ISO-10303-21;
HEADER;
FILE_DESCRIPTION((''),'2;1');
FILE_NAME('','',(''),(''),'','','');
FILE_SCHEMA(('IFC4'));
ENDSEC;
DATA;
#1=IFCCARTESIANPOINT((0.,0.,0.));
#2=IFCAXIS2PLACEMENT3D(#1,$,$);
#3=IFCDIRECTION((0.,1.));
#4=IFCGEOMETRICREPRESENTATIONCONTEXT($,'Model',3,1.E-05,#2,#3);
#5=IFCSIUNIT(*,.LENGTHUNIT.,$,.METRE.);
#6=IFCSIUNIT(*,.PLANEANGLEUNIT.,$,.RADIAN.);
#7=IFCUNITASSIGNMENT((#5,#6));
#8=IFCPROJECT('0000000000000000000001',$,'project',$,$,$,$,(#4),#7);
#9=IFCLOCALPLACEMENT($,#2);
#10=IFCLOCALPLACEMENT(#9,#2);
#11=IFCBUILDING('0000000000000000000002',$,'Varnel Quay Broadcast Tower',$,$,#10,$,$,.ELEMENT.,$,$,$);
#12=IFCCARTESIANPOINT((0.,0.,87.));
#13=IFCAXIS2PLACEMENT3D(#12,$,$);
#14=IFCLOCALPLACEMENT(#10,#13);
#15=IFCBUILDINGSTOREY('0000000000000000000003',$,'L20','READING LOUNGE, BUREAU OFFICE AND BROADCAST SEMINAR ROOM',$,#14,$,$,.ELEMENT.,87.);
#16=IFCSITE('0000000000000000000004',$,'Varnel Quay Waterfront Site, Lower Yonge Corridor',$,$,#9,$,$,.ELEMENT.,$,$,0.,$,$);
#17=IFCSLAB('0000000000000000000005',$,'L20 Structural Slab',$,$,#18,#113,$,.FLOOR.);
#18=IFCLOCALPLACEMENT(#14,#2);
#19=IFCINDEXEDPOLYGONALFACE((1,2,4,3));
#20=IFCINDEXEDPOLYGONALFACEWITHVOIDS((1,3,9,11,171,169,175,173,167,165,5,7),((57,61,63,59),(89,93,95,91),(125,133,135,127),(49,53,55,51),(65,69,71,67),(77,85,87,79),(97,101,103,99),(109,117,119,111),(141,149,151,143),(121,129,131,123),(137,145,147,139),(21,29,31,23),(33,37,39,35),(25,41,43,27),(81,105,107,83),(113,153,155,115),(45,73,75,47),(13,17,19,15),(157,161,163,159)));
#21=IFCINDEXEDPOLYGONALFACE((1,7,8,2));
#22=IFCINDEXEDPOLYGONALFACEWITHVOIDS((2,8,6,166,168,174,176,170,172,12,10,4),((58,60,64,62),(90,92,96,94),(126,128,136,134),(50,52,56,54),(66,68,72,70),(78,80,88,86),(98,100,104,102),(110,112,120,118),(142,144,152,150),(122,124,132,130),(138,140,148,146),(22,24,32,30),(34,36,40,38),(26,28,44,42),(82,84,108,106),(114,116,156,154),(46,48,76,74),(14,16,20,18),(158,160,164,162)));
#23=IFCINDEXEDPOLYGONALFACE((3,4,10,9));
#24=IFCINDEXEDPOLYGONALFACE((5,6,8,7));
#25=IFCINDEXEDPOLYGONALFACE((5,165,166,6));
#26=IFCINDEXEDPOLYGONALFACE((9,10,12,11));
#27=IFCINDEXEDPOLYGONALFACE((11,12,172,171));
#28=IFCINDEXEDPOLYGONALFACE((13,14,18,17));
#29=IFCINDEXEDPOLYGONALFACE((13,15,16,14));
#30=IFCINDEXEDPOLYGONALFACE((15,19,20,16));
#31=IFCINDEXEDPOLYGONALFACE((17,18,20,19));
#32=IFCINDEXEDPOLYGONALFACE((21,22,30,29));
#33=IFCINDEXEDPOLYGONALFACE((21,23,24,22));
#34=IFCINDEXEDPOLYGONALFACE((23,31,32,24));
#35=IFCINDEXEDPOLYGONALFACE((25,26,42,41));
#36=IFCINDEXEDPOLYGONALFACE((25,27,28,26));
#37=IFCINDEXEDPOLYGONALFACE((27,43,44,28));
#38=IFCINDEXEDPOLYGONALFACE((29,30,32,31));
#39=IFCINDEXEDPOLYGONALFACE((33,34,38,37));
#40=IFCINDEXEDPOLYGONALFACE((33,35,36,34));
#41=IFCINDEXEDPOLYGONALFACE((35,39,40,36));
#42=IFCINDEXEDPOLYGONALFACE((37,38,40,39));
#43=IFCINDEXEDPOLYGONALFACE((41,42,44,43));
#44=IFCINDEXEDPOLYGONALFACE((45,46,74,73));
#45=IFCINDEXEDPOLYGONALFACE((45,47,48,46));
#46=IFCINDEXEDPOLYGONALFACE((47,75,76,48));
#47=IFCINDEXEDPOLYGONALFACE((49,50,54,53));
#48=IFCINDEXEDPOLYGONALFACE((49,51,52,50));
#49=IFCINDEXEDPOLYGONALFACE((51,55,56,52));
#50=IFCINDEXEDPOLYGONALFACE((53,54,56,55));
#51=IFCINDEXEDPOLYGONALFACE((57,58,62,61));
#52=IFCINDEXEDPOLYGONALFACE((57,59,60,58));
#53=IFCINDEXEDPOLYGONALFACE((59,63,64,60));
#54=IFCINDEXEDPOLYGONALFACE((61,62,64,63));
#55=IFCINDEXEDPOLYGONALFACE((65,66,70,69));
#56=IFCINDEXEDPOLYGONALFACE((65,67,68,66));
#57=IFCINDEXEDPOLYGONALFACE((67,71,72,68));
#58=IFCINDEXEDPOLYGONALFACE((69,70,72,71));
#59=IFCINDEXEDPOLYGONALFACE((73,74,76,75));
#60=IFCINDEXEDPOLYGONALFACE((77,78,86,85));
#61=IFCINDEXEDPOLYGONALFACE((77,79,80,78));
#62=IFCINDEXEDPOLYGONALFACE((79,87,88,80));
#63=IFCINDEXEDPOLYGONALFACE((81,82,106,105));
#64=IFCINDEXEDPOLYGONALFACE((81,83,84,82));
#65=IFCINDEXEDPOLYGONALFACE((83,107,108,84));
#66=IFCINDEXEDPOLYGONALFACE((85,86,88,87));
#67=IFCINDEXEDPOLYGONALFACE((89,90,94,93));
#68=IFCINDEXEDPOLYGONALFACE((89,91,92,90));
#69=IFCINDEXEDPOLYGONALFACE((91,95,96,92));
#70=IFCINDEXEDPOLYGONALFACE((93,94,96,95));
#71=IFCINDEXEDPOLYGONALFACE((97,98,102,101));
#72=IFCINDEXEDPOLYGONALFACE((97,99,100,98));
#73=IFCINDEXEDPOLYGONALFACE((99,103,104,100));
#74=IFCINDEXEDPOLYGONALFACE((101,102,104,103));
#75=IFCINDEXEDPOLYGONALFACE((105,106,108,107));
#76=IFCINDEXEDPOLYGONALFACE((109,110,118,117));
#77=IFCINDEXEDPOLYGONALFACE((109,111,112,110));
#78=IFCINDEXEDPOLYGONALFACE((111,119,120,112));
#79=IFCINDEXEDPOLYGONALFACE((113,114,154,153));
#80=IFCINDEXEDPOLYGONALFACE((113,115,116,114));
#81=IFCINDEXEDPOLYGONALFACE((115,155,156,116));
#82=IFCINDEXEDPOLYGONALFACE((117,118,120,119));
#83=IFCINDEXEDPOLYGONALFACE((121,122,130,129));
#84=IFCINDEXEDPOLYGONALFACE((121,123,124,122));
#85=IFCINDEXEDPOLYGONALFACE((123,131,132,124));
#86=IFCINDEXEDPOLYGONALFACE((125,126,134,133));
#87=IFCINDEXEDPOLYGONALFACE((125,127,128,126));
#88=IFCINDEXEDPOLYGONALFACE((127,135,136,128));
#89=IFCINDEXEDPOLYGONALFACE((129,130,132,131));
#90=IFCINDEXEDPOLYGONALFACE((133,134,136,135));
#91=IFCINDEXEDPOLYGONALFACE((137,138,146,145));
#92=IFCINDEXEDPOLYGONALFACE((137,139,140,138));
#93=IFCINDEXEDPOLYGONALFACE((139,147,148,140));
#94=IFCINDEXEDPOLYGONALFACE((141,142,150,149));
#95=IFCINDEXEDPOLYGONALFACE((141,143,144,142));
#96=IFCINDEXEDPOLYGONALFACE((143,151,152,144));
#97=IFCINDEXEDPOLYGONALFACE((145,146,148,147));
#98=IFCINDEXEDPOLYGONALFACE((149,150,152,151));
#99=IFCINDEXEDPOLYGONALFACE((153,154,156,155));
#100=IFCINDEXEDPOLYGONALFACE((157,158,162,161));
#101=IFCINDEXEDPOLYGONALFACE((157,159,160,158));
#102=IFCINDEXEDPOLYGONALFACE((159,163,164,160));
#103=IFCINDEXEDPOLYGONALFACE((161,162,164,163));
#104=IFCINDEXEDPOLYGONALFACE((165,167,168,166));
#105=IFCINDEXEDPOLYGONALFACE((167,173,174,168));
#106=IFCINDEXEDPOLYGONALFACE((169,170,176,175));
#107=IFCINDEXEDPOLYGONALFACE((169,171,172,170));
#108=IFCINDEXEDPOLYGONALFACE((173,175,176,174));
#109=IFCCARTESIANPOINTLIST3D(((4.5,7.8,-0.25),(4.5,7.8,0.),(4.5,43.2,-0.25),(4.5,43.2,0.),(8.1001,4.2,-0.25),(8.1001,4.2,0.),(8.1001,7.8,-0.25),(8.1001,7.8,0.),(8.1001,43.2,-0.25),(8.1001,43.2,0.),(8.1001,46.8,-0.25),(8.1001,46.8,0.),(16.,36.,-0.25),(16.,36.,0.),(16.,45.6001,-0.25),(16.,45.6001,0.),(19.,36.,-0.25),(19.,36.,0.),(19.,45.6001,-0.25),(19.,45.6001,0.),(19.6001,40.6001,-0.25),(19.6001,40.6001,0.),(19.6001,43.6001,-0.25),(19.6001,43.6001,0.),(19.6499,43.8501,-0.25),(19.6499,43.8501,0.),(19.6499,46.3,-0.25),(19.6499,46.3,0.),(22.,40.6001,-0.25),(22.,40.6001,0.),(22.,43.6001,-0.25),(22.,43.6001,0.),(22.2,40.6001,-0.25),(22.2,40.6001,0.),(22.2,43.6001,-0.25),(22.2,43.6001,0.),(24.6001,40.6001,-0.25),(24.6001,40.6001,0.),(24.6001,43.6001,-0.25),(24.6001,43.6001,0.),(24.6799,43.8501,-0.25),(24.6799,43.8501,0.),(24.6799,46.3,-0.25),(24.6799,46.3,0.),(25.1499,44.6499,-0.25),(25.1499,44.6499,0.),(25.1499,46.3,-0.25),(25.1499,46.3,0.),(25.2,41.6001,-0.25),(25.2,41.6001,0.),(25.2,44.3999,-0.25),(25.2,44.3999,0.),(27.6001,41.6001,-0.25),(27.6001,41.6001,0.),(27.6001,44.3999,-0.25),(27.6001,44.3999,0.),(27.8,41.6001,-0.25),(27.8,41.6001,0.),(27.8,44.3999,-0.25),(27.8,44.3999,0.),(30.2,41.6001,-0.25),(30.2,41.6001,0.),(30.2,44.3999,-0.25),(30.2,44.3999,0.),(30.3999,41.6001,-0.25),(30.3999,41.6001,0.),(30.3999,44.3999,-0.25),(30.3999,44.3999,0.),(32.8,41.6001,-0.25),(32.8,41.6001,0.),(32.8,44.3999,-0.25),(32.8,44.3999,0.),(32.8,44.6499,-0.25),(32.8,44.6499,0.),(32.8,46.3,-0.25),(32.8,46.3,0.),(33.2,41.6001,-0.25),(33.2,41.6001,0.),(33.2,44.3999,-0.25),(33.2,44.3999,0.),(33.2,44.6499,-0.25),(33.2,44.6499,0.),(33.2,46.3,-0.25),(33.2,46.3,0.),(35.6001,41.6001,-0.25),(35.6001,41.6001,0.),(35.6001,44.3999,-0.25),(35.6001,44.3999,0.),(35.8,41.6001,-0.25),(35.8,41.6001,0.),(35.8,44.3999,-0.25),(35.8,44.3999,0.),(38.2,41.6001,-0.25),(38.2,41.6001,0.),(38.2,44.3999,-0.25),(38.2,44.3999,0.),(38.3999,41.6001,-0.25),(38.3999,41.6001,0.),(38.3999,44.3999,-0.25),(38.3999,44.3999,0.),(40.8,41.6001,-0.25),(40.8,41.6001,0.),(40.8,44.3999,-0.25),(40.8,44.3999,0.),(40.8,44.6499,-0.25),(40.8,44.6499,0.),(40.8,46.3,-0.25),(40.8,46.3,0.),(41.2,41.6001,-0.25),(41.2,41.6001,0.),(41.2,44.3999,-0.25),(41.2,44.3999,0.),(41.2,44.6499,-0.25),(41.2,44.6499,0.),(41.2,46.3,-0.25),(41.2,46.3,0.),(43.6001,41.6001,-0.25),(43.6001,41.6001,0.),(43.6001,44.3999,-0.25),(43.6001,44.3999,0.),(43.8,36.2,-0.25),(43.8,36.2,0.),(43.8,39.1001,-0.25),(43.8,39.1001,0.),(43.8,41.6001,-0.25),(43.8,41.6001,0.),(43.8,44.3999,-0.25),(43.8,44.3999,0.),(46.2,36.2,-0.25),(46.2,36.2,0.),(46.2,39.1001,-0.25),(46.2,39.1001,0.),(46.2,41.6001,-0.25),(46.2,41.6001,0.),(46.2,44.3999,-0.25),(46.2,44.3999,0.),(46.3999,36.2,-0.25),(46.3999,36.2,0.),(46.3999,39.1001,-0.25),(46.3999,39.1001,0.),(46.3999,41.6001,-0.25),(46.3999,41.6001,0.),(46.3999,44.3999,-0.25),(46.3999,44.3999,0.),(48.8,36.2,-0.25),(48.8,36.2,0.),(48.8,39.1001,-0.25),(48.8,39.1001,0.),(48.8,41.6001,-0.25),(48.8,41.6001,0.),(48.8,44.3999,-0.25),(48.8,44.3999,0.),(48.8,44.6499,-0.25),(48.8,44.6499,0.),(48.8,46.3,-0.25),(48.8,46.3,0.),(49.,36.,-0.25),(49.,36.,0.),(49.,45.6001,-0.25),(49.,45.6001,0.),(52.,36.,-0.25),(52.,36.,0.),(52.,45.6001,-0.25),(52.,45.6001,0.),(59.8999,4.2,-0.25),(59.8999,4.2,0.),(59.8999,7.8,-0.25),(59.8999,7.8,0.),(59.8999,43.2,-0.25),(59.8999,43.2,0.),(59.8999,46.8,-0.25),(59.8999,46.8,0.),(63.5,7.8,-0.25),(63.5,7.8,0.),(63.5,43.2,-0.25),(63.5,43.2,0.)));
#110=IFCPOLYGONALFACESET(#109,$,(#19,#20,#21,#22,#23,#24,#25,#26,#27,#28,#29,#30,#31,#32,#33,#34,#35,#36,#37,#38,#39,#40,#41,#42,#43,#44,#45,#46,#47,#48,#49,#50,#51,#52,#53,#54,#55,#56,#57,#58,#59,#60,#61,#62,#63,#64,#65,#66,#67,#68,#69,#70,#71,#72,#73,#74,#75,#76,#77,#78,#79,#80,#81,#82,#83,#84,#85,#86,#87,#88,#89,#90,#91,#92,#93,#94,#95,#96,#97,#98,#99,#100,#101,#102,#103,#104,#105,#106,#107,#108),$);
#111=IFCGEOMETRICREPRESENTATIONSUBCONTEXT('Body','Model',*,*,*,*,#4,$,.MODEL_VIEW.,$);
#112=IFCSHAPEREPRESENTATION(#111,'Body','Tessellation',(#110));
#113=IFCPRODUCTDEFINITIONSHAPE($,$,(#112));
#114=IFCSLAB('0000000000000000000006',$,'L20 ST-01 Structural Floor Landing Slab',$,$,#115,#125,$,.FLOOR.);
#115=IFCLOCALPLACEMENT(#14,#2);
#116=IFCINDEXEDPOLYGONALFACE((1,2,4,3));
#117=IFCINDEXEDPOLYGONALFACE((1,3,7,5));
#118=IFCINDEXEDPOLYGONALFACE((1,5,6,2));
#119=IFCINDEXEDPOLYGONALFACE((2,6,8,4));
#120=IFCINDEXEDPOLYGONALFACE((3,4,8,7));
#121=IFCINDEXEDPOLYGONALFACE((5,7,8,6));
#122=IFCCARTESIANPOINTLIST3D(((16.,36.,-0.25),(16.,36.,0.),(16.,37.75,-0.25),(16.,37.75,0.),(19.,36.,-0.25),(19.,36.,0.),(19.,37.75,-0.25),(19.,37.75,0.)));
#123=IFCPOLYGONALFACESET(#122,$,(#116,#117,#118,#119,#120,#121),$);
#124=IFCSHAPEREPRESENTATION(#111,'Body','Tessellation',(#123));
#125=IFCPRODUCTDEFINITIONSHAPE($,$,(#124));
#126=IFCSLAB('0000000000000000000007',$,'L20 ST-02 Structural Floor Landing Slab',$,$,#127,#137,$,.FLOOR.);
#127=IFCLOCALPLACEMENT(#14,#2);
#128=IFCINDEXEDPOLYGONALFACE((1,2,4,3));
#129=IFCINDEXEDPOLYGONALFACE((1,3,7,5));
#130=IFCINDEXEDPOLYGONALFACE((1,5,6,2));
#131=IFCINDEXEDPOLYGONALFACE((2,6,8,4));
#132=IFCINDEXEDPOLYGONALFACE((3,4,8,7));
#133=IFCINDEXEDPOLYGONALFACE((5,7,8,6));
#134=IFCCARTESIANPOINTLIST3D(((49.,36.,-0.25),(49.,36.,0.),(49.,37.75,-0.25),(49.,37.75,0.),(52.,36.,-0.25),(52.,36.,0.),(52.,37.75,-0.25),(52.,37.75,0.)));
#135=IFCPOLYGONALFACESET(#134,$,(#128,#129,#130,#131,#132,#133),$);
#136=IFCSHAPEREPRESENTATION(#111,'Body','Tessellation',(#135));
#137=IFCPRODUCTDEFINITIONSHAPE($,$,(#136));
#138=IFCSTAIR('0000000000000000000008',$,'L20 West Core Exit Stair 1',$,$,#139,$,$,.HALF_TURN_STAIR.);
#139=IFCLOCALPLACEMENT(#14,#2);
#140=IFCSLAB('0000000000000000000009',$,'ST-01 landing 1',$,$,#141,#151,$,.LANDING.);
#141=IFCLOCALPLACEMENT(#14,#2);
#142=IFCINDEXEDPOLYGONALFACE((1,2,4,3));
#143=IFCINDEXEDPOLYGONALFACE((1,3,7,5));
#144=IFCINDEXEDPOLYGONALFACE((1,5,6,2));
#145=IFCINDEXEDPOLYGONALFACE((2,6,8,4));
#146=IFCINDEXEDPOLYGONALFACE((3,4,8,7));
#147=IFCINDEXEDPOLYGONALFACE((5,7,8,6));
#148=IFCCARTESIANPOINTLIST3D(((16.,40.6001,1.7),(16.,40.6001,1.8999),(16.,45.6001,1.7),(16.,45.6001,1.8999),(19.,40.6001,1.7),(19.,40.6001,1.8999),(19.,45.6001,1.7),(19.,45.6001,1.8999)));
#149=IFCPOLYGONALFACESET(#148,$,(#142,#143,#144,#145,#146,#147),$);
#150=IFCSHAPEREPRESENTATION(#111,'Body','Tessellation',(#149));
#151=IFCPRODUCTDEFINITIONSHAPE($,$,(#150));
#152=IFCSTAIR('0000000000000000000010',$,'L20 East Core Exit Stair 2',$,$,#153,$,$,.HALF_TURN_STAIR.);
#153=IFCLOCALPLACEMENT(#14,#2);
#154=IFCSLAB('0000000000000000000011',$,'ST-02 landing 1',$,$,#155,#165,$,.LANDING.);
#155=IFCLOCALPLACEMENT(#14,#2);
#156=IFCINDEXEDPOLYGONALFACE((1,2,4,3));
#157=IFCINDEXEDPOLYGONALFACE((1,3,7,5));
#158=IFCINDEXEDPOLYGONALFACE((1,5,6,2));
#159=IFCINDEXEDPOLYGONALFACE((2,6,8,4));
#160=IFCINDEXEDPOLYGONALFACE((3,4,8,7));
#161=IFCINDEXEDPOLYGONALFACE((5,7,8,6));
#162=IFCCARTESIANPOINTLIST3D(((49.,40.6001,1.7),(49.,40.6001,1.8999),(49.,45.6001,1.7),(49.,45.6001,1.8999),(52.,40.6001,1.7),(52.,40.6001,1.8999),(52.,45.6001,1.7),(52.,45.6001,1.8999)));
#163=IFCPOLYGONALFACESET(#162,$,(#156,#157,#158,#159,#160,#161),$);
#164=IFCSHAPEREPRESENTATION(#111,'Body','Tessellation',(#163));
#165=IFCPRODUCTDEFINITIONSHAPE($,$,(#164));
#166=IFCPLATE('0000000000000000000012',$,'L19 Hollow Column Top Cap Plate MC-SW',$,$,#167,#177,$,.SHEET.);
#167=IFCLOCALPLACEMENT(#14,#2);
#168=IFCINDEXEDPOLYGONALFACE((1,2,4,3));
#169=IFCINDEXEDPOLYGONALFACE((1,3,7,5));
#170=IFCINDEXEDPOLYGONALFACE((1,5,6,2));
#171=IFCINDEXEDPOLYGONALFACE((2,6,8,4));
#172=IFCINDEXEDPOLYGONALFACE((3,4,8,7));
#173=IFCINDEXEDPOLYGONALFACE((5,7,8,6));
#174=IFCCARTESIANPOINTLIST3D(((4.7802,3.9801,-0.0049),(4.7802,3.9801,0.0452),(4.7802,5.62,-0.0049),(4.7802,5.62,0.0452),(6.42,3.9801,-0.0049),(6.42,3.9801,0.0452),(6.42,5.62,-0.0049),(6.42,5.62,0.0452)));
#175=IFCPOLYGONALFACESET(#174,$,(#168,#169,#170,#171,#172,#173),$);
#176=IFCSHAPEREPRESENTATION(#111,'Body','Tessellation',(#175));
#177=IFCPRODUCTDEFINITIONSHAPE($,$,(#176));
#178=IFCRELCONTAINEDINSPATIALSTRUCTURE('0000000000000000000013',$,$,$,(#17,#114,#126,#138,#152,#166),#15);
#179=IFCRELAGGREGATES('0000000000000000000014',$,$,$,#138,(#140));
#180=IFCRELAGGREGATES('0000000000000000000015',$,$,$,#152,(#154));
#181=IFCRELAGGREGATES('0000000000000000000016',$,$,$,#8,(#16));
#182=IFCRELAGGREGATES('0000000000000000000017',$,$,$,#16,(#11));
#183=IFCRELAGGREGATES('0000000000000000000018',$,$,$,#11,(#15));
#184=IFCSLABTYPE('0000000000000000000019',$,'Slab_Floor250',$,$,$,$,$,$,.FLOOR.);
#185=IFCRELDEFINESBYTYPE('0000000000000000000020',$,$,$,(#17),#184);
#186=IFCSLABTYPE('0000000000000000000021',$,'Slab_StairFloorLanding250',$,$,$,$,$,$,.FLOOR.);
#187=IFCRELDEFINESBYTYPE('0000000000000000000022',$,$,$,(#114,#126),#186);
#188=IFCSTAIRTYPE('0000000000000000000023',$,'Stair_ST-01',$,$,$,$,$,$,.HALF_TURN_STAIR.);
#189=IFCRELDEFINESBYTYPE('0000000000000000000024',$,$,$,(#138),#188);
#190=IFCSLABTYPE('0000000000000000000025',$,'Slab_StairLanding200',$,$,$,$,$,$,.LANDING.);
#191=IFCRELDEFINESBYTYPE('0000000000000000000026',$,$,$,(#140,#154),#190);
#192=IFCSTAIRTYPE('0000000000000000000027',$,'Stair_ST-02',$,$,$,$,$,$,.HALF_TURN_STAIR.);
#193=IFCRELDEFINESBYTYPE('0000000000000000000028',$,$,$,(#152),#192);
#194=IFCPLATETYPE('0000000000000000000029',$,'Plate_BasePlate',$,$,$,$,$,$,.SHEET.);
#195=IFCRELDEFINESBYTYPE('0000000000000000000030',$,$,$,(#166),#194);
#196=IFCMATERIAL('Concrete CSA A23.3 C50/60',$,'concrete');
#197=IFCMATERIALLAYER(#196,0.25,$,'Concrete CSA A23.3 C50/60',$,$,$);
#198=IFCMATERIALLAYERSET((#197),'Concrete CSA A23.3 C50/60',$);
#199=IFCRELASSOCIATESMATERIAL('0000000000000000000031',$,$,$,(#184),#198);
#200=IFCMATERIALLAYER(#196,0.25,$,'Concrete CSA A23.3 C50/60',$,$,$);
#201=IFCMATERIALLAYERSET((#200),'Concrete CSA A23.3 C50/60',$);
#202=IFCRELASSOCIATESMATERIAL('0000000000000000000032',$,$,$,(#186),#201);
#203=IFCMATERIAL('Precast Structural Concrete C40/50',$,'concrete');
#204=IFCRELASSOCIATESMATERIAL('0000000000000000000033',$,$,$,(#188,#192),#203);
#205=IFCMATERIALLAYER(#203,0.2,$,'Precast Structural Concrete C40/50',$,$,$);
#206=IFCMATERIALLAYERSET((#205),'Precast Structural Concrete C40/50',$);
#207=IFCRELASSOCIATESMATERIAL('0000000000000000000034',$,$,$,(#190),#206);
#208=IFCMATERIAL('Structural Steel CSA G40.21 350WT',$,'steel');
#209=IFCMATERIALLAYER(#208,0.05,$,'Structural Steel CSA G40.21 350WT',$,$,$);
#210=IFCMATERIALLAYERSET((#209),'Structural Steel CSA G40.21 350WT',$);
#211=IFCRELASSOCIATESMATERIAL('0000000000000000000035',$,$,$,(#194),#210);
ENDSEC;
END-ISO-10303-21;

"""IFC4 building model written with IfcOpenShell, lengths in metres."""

from ifc_helpers import new_model, si_unit, direction, frame, origin, origin_2d, place, context, subcontext, project, spatial, polyline, rectangle, outline, extrude, source, transform, mapped, material, layer, layer_set, type_object, type_shapes, element, aggregate, save


model = new_model("IFC4")

# Units and contexts
model_context = context("Model", 3, precision=1e-05, world=origin(), true_north=direction((0.0, 1.0)))
body_context = subcontext(model_context, "Body", "Model", "MODEL_VIEW")
ifc_project = project(units=[si_unit("LENGTHUNIT", "METRE"), si_unit("PLANEANGLEUNIT", "RADIAN")], contexts=[model_context])

# Site, building, storey
site_placement = place(None, origin())
site = spatial("IfcSite", under=ifc_project, at=site_placement, Name="Varnel Quay Waterfront Site, Lower Yonge Corridor", CompositionType="ELEMENT", RefElevation=0.0)
building_placement = place(site_placement, origin())
building = spatial("IfcBuilding", under=site, at=building_placement, Name="Varnel Quay Broadcast Tower", CompositionType="ELEMENT")
storey_placement = place(building_placement, frame((0.0, 0.0, 87.0)))
storey = spatial("IfcBuildingStorey", under=building, at=storey_placement, Name="L20", Description="READING LOUNGE, BUREAU OFFICE AND BROADCAST SEMINAR ROOM", CompositionType="ELEMENT", Elevation=87.0)

# Shared definitions
ifc_material_1 = material(Name="Structural Steel CSA G40.21 350WT", Category="steel")

# Slabs
ifc_material_2 = material(Name="Concrete CSA A23.3 C50/60", Category="concrete")
ifc_layer_1 = layer(ifc_material_2, 0.25, Name="Concrete CSA A23.3 C50/60")
ifc_layer_set_1 = layer_set([ifc_layer_1], Name="Concrete CSA A23.3 C50/60")
slab_type_1 = type_object("IfcSlabType", Name="Slab_Floor250", PredefinedType="FLOOR", material=ifc_layer_set_1)
slab_1_placement = place(storey_placement, frame((0.0, 0.0, -0.25)))
element("IfcSlab", 1, at=slab_1_placement, inside=storey, type_object=slab_type_1, Name="L20 Structural Slab", PredefinedType="FLOOR", context=body_context, shape_type="SweptSolid", body=[
    extrude(outline(polyline([(8.1001, 4.2), (59.8999, 4.2), (59.8999, 7.8), (63.5, 7.8), (63.5, 43.2), (59.8999, 43.2), (59.8999, 46.8), (8.1001, 46.8), (8.1001, 43.2), (4.5, 43.2), (4.5, 7.8), (8.1001, 7.8), (8.1001, 4.2)]), holes=[polyline([(16.0, 36.0), (16.0, 45.6001), (19.0, 45.6001), (19.0, 36.0), (16.0, 36.0)]), polyline([(19.6001, 43.6001), (22.0, 43.6001), (22.0, 40.6001), (19.6001, 40.6001), (19.6001, 43.6001)]), polyline([(22.2, 43.6001), (24.6001, 43.6001), (24.6001, 40.6001), (22.2, 40.6001), (22.2, 43.6001)]), polyline([(25.2, 44.3999), (27.6001, 44.3999), (27.6001, 41.6001), (25.2, 41.6001), (25.2, 44.3999)]), polyline([(27.8, 44.3999), (30.2, 44.3999), (30.2, 41.6001), (27.8, 41.6001), (27.8, 44.3999)]), polyline([(30.3999, 44.3999), (32.8, 44.3999), (32.8, 41.6001), (30.3999, 41.6001), (30.3999, 44.3999)]), polyline([(33.2, 44.3999), (35.6001, 44.3999), (35.6001, 41.6001), (33.2, 41.6001), (33.2, 44.3999)]), polyline([(38.2, 44.3999), (38.2, 41.6001), (35.8, 41.6001), (35.8, 44.3999), (38.2, 44.3999)]), polyline([(24.6799, 46.3), (24.6799, 43.8501), (19.6499, 43.8501), (19.6499, 46.3), (24.6799, 46.3)]), polyline([(25.1499, 46.3), (32.8, 46.3), (32.8, 44.6499), (25.1499, 44.6499), (25.1499, 46.3)]), polyline([(43.8, 39.1001), (46.2, 39.1001), (46.2, 36.2), (43.8, 36.2), (43.8, 39.1001)]), polyline([(46.3999, 39.1001), (48.8, 39.1001), (48.8, 36.2), (46.3999, 36.2), (46.3999, 39.1001)]), polyline([(49.0, 45.6001), (52.0, 45.6001), (52.0, 36.0), (49.0, 36.0), (49.0, 45.6001)]), polyline([(40.8, 44.3999), (40.8, 41.6001), (38.3999, 41.6001), (38.3999, 44.3999), (40.8, 44.3999)]), polyline([(41.2, 44.3999), (43.6001, 44.3999), (43.6001, 41.6001), (41.2, 41.6001), (41.2, 44.3999)]), polyline([(43.8, 44.3999), (46.2, 44.3999), (46.2, 41.6001), (43.8, 41.6001), (43.8, 44.3999)]), polyline([(46.3999, 44.3999), (48.8, 44.3999), (48.8, 41.6001), (46.3999, 41.6001), (46.3999, 44.3999)]), polyline([(40.8, 46.3), (40.8, 44.6499), (33.2, 44.6499), (33.2, 46.3), (40.8, 46.3)]), polyline([(48.8, 46.3), (48.8, 44.6499), (41.2, 44.6499), (41.2, 46.3), (48.8, 46.3)])]), origin(), (0.0, 0.0, 1.0), 0.25),
])
ifc_layer_2 = layer(ifc_material_2, 0.25, Name="Concrete CSA A23.3 C50/60")
ifc_layer_set_2 = layer_set([ifc_layer_2], Name="Concrete CSA A23.3 C50/60")
slab_type_2 = type_object("IfcSlabType", Name="Slab_StairFloorLanding250", PredefinedType="FLOOR", material=ifc_layer_set_2)
slab_2_placement = place(storey_placement, frame((0.0, 0.0, -0.25)))
element("IfcSlab", 2, at=slab_2_placement, inside=storey, type_object=slab_type_2, Name="L20 ST-01 Structural Floor Landing Slab", PredefinedType="FLOOR", context=body_context, shape_type="SweptSolid", body=[
    extrude(outline(polyline([(19.0, 36.0), (19.0, 37.75), (16.0, 37.75), (16.0, 36.0), (19.0, 36.0)])), origin(), (0.0, 0.0, 1.0), 0.25),
])
slab_3_placement = place(storey_placement, frame((0.0, 0.0, -0.25)))
element("IfcSlab", 3, at=slab_3_placement, inside=storey, type_object=slab_type_2, Name="L20 ST-02 Structural Floor Landing Slab", PredefinedType="FLOOR", context=body_context, shape_type="SweptSolid", body=[
    extrude(outline(polyline([(52.0, 36.0), (52.0, 37.75), (49.0, 37.75), (49.0, 36.0), (52.0, 36.0)])), origin(), (0.0, 0.0, 1.0), 0.25),
])

# Stairs, slabs
ifc_material_3 = material(Name="Precast Structural Concrete C40/50", Category="concrete")
stair_type_1 = type_object("IfcStairType", Name="Stair_ST-01", PredefinedType="HALF_TURN_STAIR", material=ifc_material_3)
stair_1_placement = place(storey_placement, origin())
stair_1 = element("IfcStair", 4, at=stair_1_placement, inside=storey, type_object=stair_type_1, Name="L20 West Core Exit Stair 1", PredefinedType="HALF_TURN_STAIR")
ifc_layer_3 = layer(ifc_material_3, 0.2, Name="Precast Structural Concrete C40/50")
ifc_layer_set_3 = layer_set([ifc_layer_3], Name="Precast Structural Concrete C40/50")
slab_type_3 = type_object("IfcSlabType", Name="Slab_StairLanding200", PredefinedType="LANDING", material=ifc_layer_set_3)
slab_4_placement = place(storey_placement, frame((0.0, 0.0, 1.7)))
slab_4 = element("IfcSlab", 5, at=slab_4_placement, type_object=slab_type_3, Name="ST-01 landing 1", PredefinedType="LANDING", context=body_context, shape_type="SweptSolid", body=[
    extrude(outline(polyline([(19.0, 40.6001), (19.0, 45.6001), (16.0, 45.6001), (16.0, 40.6001), (19.0, 40.6001)])), origin(), (0.0, 0.0, 1.0), 0.2),
])
aggregate(stair_1, [slab_4])
stair_type_2 = type_object("IfcStairType", Name="Stair_ST-02", PredefinedType="HALF_TURN_STAIR", material=ifc_material_3)
stair_2_placement = place(storey_placement, origin())
stair_2 = element("IfcStair", 6, at=stair_2_placement, inside=storey, type_object=stair_type_2, Name="L20 East Core Exit Stair 2", PredefinedType="HALF_TURN_STAIR")
slab_5_placement = place(storey_placement, frame((0.0, 0.0, 1.7)))
slab_5 = element("IfcSlab", 7, at=slab_5_placement, type_object=slab_type_3, Name="ST-02 landing 1", PredefinedType="LANDING", context=body_context, shape_type="SweptSolid", body=[
    extrude(outline(polyline([(52.0, 40.6001), (52.0, 45.6001), (49.0, 45.6001), (49.0, 40.6001), (52.0, 40.6001)])), origin(), (0.0, 0.0, 1.0), 0.2),
])
aggregate(stair_2, [slab_5])

# Plate
ifc_layer_4 = layer(ifc_material_1, 0.05, Name="Structural Steel CSA G40.21 350WT")
ifc_layer_set_4 = layer_set([ifc_layer_4], Name="Structural Steel CSA G40.21 350WT")
plate_type_1 = type_object("IfcPlateType", Name="Plate_BasePlate", PredefinedType="SHEET", material=ifc_layer_set_4)
shared_shape_1 = source(origin(), body_context, "Body", "SweptSolid", [
    extrude(rectangle(XDim=1.6399, YDim=1.6399, at=origin_2d()), origin(), (0.0, 0.0, 1.0), 0.05),
])
type_shapes(plate_type_1, [shared_shape_1])
plate_1_placement = place(storey_placement, frame((5.6001, 4.8, -0.0049), z_axis=(0.0, 0.0, 1.0), x_axis=(1.0, 0.0, 0.0)))
element("IfcPlate", 8, at=plate_1_placement, inside=storey, type_object=plate_type_1, Name="L19 Hollow Column Top Cap Plate MC-SW", PredefinedType="SHEET", context=body_context, shape_type="MappedRepresentation", body=[
    mapped(shared_shape_1, transform((0.0, 0.0, 0.0), x_axis=(1.0, 0.0, 0.0), y_axis=(0.0, 1.0, 0.0), z_axis=(0.0, 0.0, 1.0), scale=1.0)),
])

save(model, "model.ifc")
